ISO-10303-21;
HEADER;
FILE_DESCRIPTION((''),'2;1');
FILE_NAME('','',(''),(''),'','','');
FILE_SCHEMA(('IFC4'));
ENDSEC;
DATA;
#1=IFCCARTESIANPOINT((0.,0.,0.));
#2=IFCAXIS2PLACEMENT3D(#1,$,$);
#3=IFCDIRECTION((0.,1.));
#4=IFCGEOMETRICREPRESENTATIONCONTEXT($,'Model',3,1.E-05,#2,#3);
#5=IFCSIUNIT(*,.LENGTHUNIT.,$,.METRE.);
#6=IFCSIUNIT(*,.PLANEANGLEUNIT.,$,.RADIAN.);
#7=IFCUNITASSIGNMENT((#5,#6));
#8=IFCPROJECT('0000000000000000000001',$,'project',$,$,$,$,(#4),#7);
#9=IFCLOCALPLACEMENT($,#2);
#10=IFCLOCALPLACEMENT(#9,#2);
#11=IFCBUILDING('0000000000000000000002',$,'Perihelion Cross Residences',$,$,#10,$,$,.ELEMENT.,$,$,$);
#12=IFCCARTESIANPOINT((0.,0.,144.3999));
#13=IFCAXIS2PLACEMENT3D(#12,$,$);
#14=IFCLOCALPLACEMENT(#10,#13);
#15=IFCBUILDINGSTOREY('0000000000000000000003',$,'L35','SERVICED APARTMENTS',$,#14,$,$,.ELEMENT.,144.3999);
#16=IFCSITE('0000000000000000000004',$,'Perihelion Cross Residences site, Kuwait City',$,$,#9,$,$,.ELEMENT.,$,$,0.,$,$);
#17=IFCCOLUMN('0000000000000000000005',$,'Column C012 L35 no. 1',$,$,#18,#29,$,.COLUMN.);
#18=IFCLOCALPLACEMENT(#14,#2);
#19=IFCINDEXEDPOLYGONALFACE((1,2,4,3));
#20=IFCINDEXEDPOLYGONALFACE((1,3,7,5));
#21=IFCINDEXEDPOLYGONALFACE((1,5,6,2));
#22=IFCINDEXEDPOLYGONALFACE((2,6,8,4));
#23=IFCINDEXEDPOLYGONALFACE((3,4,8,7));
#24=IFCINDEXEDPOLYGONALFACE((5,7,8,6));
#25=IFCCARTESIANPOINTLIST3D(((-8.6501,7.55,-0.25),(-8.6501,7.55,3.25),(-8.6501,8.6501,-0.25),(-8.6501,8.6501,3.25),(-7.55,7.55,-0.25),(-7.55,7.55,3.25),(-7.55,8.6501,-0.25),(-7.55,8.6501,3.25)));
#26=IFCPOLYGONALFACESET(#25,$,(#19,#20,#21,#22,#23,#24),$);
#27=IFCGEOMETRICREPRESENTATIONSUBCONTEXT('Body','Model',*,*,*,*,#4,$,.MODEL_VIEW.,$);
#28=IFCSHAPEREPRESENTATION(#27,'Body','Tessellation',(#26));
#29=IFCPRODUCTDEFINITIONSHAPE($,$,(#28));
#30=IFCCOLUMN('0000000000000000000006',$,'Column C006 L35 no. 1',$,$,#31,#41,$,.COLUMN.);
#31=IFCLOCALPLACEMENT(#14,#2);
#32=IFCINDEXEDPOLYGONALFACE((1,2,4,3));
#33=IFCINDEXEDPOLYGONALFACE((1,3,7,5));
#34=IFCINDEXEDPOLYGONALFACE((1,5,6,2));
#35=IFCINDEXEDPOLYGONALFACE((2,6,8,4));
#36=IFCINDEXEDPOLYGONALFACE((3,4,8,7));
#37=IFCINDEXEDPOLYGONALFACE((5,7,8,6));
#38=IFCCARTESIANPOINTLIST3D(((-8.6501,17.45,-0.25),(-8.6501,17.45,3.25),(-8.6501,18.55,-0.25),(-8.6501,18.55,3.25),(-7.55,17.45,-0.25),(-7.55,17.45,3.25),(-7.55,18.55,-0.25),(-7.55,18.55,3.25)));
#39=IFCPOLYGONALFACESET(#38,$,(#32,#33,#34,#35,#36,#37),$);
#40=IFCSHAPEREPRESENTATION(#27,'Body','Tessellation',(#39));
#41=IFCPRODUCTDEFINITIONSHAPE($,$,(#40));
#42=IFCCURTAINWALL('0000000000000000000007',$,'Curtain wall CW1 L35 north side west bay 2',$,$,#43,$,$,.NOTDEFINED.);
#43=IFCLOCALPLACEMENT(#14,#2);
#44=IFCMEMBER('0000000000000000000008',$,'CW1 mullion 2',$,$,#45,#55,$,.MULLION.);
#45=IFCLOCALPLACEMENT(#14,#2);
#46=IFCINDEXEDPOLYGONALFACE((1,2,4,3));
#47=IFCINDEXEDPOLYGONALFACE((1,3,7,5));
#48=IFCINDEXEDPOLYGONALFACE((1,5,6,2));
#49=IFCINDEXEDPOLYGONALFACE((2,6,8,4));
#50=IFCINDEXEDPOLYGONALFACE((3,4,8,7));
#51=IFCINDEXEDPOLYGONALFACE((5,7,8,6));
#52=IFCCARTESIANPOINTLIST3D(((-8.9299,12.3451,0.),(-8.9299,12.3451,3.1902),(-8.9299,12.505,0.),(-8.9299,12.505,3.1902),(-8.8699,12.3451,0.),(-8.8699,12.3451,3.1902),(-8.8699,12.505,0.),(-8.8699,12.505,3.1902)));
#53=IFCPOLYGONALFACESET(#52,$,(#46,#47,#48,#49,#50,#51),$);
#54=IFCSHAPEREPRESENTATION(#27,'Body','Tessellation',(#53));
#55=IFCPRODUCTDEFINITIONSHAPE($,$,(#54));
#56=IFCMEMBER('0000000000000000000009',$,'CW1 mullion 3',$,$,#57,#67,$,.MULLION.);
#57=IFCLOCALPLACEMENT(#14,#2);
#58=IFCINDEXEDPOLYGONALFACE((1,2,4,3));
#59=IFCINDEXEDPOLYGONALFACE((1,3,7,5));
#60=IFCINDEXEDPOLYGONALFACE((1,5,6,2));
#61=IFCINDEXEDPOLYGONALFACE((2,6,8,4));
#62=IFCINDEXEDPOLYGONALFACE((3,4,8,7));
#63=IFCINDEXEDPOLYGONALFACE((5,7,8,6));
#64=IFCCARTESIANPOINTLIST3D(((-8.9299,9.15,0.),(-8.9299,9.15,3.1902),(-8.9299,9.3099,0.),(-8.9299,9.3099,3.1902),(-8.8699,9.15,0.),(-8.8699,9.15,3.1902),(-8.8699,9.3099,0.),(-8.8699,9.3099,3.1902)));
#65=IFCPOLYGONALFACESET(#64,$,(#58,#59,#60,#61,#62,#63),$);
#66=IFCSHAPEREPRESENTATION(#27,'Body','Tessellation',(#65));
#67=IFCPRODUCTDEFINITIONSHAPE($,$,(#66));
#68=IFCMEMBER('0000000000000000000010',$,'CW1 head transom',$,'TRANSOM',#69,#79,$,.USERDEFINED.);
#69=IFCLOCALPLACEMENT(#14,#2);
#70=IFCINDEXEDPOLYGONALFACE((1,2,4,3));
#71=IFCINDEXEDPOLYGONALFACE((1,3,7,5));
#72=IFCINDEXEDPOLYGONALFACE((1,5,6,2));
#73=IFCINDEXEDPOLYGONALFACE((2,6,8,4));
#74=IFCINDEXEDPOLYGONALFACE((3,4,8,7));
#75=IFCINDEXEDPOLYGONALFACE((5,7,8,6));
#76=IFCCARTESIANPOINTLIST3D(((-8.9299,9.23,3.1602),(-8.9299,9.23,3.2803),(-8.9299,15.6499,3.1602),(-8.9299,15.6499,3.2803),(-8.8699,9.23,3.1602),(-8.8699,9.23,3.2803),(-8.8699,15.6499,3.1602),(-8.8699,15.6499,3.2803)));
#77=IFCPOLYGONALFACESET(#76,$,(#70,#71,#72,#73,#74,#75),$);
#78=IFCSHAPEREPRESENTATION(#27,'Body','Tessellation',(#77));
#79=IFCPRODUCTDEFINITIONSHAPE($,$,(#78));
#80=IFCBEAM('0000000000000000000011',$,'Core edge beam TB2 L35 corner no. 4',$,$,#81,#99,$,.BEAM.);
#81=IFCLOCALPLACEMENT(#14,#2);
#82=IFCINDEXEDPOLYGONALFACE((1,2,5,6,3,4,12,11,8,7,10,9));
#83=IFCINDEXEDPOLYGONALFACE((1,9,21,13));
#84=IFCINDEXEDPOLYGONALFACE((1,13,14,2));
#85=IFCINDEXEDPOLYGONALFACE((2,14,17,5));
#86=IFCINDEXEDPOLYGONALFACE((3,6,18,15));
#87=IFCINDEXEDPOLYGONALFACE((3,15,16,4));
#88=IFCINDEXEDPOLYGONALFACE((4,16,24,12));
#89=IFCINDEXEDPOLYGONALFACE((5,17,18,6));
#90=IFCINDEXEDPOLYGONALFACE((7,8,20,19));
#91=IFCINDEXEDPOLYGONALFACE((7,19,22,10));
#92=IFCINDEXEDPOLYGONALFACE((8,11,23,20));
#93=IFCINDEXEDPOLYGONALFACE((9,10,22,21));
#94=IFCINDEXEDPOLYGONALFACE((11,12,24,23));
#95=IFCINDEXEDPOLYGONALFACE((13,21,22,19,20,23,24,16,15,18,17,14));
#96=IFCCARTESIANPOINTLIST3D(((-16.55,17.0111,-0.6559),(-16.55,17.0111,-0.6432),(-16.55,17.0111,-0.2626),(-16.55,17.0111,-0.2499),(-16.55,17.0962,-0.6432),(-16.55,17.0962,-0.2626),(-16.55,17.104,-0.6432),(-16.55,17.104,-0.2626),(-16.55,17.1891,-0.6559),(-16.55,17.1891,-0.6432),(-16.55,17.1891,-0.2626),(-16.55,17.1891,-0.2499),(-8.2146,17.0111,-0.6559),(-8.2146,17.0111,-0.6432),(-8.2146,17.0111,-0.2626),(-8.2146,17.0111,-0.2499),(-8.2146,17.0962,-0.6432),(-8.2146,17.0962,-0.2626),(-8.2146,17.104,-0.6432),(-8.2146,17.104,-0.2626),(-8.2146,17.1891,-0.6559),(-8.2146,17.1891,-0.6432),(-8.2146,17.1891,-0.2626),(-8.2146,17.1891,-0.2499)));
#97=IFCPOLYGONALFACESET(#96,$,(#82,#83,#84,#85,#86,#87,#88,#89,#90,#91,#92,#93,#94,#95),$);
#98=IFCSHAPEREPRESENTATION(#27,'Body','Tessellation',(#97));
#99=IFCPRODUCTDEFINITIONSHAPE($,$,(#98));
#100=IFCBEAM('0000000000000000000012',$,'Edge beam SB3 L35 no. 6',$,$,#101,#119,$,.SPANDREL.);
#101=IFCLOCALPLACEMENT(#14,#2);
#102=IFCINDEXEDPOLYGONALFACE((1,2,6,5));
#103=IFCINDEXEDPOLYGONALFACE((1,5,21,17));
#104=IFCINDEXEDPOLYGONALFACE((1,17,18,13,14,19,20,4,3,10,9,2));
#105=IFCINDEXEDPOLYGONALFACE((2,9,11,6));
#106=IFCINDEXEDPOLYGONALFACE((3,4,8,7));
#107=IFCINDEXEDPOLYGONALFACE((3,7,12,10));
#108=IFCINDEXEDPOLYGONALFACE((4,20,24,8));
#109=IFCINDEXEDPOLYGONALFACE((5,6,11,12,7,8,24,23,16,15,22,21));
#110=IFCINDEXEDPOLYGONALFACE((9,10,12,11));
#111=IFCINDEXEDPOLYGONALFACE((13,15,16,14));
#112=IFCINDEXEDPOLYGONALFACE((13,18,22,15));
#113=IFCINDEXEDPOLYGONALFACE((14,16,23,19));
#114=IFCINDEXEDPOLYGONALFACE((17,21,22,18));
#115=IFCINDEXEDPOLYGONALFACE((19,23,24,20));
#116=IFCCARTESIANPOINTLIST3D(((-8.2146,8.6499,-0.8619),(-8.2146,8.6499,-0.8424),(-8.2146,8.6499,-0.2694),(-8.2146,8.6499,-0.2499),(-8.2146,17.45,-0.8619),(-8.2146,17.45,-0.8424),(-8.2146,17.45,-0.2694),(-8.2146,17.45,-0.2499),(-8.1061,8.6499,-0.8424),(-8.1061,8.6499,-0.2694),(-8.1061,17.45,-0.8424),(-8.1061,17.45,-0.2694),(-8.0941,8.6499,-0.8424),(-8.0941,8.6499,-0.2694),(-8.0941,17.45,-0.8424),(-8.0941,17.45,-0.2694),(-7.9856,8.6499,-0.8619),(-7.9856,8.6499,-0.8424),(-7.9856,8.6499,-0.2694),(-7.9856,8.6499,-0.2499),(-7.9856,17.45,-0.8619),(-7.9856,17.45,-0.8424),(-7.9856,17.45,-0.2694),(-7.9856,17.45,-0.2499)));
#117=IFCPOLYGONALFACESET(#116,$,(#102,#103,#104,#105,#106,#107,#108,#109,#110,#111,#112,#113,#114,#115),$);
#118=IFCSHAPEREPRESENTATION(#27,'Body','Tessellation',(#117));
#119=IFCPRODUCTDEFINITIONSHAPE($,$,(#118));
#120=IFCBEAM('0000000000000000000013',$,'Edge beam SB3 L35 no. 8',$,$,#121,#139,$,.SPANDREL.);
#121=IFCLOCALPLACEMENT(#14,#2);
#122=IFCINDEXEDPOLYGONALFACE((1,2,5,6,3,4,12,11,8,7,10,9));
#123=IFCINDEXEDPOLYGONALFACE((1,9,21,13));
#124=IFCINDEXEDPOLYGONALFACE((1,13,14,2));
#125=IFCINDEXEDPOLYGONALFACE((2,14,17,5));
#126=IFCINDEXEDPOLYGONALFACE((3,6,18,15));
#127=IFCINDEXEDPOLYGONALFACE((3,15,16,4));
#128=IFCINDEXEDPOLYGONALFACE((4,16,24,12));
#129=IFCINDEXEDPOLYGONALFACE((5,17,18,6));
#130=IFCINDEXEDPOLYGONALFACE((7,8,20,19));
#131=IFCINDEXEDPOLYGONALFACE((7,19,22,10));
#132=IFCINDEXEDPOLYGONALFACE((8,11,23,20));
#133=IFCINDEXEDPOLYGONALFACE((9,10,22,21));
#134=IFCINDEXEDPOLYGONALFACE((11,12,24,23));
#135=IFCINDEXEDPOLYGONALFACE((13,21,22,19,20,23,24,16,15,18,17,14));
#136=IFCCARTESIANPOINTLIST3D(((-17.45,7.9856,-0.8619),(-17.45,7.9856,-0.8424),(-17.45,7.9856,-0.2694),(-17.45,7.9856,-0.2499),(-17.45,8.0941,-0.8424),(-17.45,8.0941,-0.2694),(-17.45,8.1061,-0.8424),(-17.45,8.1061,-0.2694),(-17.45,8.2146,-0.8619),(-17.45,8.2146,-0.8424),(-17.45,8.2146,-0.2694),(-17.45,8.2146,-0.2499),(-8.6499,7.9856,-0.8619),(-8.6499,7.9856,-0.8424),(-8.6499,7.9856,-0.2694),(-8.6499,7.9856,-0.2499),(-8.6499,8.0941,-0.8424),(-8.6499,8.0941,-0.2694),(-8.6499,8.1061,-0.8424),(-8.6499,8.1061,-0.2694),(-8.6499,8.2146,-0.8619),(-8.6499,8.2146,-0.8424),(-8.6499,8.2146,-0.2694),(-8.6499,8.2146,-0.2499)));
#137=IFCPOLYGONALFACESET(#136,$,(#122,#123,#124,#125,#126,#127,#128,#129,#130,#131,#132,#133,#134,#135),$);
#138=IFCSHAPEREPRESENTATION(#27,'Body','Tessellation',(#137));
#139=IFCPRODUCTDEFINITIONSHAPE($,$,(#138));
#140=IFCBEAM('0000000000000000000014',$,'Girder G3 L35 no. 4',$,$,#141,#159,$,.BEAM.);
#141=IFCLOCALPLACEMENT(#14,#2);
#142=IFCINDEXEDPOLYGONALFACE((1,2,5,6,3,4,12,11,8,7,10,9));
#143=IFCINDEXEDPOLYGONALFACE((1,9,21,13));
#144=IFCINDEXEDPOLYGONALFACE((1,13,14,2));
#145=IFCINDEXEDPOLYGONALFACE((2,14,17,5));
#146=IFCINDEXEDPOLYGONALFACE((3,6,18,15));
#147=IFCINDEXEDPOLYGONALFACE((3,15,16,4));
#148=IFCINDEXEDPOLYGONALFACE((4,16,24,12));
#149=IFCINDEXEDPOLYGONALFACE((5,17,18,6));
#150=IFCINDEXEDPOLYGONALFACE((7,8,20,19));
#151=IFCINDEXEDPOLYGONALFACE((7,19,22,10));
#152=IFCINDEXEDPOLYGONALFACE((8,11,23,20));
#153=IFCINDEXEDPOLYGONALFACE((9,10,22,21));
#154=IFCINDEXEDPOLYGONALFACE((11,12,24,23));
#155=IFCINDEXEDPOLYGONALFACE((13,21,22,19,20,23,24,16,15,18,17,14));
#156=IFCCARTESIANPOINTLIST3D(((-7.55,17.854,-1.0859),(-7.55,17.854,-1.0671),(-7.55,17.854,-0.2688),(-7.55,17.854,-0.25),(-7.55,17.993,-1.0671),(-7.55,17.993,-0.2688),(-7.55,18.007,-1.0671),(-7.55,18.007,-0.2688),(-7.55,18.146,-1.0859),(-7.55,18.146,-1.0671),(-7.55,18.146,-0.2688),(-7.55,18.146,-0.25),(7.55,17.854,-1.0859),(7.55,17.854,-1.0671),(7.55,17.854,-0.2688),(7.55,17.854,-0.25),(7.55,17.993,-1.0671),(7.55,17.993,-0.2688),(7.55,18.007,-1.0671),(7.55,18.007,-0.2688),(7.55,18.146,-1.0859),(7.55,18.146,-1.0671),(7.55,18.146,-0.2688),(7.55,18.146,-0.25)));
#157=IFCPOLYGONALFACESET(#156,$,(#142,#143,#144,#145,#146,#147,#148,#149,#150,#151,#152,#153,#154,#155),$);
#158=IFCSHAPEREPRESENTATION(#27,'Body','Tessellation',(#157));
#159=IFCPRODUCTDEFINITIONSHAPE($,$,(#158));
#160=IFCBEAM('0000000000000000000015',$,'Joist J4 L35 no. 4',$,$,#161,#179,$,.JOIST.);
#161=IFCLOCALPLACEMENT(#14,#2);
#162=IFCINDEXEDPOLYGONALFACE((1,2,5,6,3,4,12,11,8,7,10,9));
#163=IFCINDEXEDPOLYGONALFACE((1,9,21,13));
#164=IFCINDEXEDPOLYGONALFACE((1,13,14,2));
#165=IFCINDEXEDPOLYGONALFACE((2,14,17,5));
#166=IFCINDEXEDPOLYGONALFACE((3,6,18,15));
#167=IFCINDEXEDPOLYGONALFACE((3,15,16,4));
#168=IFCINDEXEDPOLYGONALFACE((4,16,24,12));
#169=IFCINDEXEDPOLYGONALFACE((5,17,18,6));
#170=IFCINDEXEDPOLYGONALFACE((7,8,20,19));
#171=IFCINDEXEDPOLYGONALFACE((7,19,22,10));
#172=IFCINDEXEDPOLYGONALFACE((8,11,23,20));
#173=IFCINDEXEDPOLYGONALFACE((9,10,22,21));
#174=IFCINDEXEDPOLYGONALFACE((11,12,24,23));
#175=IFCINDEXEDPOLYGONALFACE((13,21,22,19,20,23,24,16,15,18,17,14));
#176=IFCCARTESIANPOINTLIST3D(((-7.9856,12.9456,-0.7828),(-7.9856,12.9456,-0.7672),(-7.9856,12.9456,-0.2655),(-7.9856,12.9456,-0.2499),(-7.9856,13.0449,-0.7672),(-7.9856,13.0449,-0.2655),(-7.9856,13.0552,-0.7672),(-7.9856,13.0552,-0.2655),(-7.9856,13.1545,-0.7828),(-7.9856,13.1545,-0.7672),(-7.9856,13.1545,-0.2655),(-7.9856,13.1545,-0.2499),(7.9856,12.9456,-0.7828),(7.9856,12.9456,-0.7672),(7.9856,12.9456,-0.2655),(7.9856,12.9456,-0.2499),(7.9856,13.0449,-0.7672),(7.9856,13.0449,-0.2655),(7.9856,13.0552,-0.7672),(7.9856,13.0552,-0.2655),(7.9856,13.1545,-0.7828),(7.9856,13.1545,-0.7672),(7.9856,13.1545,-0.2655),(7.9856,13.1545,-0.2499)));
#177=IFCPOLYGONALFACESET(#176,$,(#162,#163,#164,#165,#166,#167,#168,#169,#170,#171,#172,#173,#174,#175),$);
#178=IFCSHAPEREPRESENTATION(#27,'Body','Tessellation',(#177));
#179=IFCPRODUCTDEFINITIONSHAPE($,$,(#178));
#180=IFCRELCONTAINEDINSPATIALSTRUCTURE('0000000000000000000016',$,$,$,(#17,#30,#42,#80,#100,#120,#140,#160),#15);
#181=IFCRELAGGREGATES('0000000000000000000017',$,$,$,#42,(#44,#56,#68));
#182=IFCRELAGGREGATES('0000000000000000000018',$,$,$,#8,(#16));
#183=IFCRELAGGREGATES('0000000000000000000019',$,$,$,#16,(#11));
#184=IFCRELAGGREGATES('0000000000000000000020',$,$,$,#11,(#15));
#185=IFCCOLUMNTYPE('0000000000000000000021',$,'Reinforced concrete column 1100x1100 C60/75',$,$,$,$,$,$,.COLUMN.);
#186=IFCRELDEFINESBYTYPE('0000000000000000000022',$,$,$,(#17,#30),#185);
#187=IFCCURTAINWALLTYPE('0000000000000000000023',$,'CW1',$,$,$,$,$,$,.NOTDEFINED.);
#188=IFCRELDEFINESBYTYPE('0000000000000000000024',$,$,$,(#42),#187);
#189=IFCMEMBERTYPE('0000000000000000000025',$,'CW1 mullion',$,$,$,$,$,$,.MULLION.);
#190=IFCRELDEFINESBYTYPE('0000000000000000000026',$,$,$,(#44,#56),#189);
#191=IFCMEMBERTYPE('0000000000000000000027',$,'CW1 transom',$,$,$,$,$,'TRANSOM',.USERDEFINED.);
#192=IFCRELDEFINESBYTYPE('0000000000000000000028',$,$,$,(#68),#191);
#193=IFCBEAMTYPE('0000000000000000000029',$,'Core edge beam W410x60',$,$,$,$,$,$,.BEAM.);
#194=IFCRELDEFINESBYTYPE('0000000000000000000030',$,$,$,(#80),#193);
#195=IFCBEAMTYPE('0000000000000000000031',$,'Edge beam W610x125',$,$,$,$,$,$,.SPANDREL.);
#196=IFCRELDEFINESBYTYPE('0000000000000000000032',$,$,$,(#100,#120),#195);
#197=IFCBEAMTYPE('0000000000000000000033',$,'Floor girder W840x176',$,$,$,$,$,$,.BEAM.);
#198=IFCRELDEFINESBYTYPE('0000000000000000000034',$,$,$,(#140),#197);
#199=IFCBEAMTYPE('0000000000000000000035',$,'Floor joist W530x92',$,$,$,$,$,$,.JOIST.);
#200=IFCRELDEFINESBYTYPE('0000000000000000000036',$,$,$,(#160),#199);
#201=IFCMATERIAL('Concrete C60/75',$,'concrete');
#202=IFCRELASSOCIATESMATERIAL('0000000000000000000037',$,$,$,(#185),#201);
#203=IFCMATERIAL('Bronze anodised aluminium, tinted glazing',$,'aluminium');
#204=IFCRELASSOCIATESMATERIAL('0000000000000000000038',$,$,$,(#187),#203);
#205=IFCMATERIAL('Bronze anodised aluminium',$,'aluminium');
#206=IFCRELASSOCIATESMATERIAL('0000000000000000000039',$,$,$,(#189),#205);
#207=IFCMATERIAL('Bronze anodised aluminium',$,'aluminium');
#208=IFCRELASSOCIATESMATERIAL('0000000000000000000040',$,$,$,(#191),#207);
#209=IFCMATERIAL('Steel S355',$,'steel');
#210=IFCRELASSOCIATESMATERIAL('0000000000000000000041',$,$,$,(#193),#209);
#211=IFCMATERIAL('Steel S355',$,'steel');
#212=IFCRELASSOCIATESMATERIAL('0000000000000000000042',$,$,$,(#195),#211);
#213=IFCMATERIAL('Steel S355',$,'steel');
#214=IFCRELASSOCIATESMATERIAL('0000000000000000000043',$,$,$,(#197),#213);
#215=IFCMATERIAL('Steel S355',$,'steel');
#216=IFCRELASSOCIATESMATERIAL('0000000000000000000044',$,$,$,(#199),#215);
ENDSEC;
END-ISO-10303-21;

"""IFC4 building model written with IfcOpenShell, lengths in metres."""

from ifc_helpers import new_model, si_unit, direction, frame, origin, origin_2d, place, context, subcontext, project, spatial, rectangle, i_section, extrude, material, material_profile, profile_set, type_object, element, aggregate, save


model = new_model("IFC4")

# Units and contexts
model_context = context("Model", 3, precision=1e-05, world=origin(), true_north=direction((0.0, 1.0)))
body_context = subcontext(model_context, "Body", "Model", "MODEL_VIEW")
ifc_project = project(units=[si_unit("LENGTHUNIT", "METRE"), si_unit("PLANEANGLEUNIT", "RADIAN")], contexts=[model_context])

# Site, building, storey
site_placement = place(None, origin())
site = spatial("IfcSite", under=ifc_project, at=site_placement, Name="Perihelion Cross Residences site, Kuwait City", CompositionType="ELEMENT", RefElevation=0.0)
building_placement = place(site_placement, origin())
building = spatial("IfcBuilding", under=site, at=building_placement, Name="Perihelion Cross Residences", CompositionType="ELEMENT")
storey_placement = place(building_placement, frame((0.0, 0.0, 144.3999)))
storey = spatial("IfcBuildingStorey", under=building, at=storey_placement, Name="L35", Description="SERVICED APARTMENTS", CompositionType="ELEMENT", Elevation=144.3999)

# Columns
ifc_material_1 = material(Name="Concrete C60/75", Category="concrete")
ifc_material_profile_1 = material_profile(ifc_material_1, rectangle(XDim=1.1001, YDim=1.1001, at=origin_2d()), Name="RC 1100x1100")
ifc_profile_set_1 = profile_set([ifc_material_profile_1], Name="Concrete C60/75")
column_type = type_object("IfcColumnType", Name="Reinforced concrete column 1100x1100 C60/75", PredefinedType="COLUMN", material=ifc_profile_set_1)
for number, where, z_axis, x_axis, name in (
    (1, (-8.1001, 8.1001, -0.25), (0.0, 0.0, 1.0), (1.0, 0.0, 0.0), "Column C012 L35 no. 1"),
    (2, (-8.1001, 18.0, -0.25), (0.0, 0.0, 1.0), (1.0, 0.0, 0.0), "Column C006 L35 no. 1"),
):
    element("IfcColumn", number, at=place(storey_placement, frame(where, z_axis=z_axis, x_axis=x_axis)), inside=storey, type_object=column_type, Name=name, PredefinedType="COLUMN", context=body_context, shape_type="SweptSolid", body=[
        extrude(rectangle(XDim=1.1001, YDim=1.1001, at=origin_2d()), origin(), (0.0, 0.0, 1.0), 3.5),
    ])

# Curtain wall, members
ifc_material_2 = material(Name="Bronze anodised aluminium, tinted glazing", Category="aluminium")
curtain_wall_type = type_object("IfcCurtainWallType", Name="CW1", PredefinedType="NOTDEFINED", material=ifc_material_2)
curtain_wall_placement = place(storey_placement, origin())
curtain_wall = element("IfcCurtainWall", 3, at=curtain_wall_placement, inside=storey, type_object=curtain_wall_type, Name="Curtain wall CW1 L35 north side west bay 2", PredefinedType="NOTDEFINED")
ifc_material_3 = material(Name="Bronze anodised aluminium", Category="aluminium")
ifc_material_profile_2 = material_profile(ifc_material_3, rectangle(XDim=0.0601, YDim=0.1599, at=origin_2d()), Name="CW1 mullion")
ifc_profile_set_2 = profile_set([ifc_material_profile_2], Name="Bronze anodised aluminium")
member_type_1 = type_object("IfcMemberType", Name="CW1 mullion", PredefinedType="MULLION", material=ifc_profile_set_2)
member_1_placement = place(storey_placement, frame((-8.8999, 12.425, 0.0), z_axis=(0.0, 0.0, 1.0), x_axis=(1.0, 0.0, 0.0)))
member_1 = element("IfcMember", 4, at=member_1_placement, type_object=member_type_1, Name="CW1 mullion 2", PredefinedType="MULLION", context=body_context, shape_type="SweptSolid", body=[
    extrude(rectangle(XDim=0.0601, YDim=0.1599, at=origin_2d()), origin(), (0.0, 0.0, 1.0), 3.1902),
])
member_2_placement = place(storey_placement, frame((-8.8999, 9.23, 0.0), z_axis=(0.0, 0.0, 1.0), x_axis=(1.0, 0.0, 0.0)))
member_2 = element("IfcMember", 5, at=member_2_placement, type_object=member_type_1, Name="CW1 mullion 3", PredefinedType="MULLION", context=body_context, shape_type="SweptSolid", body=[
    extrude(rectangle(XDim=0.0601, YDim=0.1599, at=origin_2d()), origin(), (0.0, 0.0, 1.0), 3.1902),
])
ifc_material_4 = material(Name="Bronze anodised aluminium", Category="aluminium")
ifc_material_profile_3 = material_profile(ifc_material_4, rectangle(XDim=0.0601, YDim=0.1201, at=origin_2d()), Name="CW1 transom")
ifc_profile_set_3 = profile_set([ifc_material_profile_3], Name="Bronze anodised aluminium")
member_type_2 = type_object("IfcMemberType", Name="CW1 transom", ElementType="TRANSOM", PredefinedType="USERDEFINED", material=ifc_profile_set_3)
member_3_placement = place(storey_placement, frame((-8.8999, 15.6499, 3.2202), z_axis=(0.0, -1.0, 0.0), x_axis=(1.0, 0.0, 0.0)))
member_3 = element("IfcMember", 6, at=member_3_placement, type_object=member_type_2, Name="CW1 head transom", ObjectType="TRANSOM", PredefinedType="USERDEFINED", context=body_context, shape_type="SweptSolid", body=[
    extrude(rectangle(XDim=0.0601, YDim=0.1201, at=origin_2d()), origin(), (0.0, 0.0, 1.0), 6.4199),
])

# Beams
ifc_material_5 = material(Name="Steel S355", Category="steel")
ifc_material_profile_4 = material_profile(ifc_material_5, i_section(OverallWidth=0.178, OverallDepth=0.406, WebThickness=0.0078, FlangeThickness=0.0127, at=origin_2d()), Name="W410x60")
ifc_profile_set_4 = profile_set([ifc_material_profile_4], Name="Steel S355")
beam_type_1 = type_object("IfcBeamType", Name="Core edge beam W410x60", PredefinedType="BEAM", material=ifc_profile_set_4)
beam_1_placement = place(storey_placement, frame((-8.2146, 17.1001, -0.4529), z_axis=(-1.0, 0.0, 0.0), x_axis=(0.0, -1.0, 0.0)))
element("IfcBeam", 7, at=beam_1_placement, inside=storey, type_object=beam_type_1, Name="Core edge beam TB2 L35 corner no. 4", PredefinedType="BEAM", context=body_context, shape_type="SweptSolid", body=[
    extrude(i_section(OverallWidth=0.178, OverallDepth=0.406, WebThickness=0.0078, FlangeThickness=0.0127, at=origin_2d()), origin(), (0.0, 0.0, 1.0), 8.3354),
])
ifc_material_6 = material(Name="Steel S355", Category="steel")
ifc_material_profile_5 = material_profile(ifc_material_6, i_section(OverallWidth=0.229, OverallDepth=0.6121, WebThickness=0.012, FlangeThickness=0.0195, at=origin_2d()), Name="W610x125")
ifc_profile_set_5 = profile_set([ifc_material_profile_5], Name="Steel S355")
beam_type_2 = type_object("IfcBeamType", Name="Edge beam W610x125", PredefinedType="SPANDREL", material=ifc_profile_set_5)
for number, where, z_axis, x_axis, name in (
    (8, (-8.1001, 17.45, -0.5559), (0.0, -1.0, 0.0), (1.0, 0.0, 0.0), "Edge beam SB3 L35 no. 6"),
    (9, (-8.6499, 8.1001, -0.5559), (-1.0, 0.0, 0.0), (0.0, -1.0, 0.0), "Edge beam SB3 L35 no. 8"),
):
    element("IfcBeam", number, at=place(storey_placement, frame(where, z_axis=z_axis, x_axis=x_axis)), inside=storey, type_object=beam_type_2, Name=name, PredefinedType="SPANDREL", context=body_context, shape_type="SweptSolid", body=[
        extrude(i_section(OverallWidth=0.229, OverallDepth=0.6121, WebThickness=0.012, FlangeThickness=0.0195, at=origin_2d()), origin(), (0.0, 0.0, 1.0), 8.8),
    ])
ifc_material_7 = material(Name="Steel S355", Category="steel")
ifc_material_profile_6 = material_profile(ifc_material_7, i_section(OverallWidth=0.292, OverallDepth=0.8359, WebThickness=0.0139, FlangeThickness=0.0188, at=origin_2d()), Name="W840x176")
ifc_profile_set_6 = profile_set([ifc_material_profile_6], Name="Steel S355")
beam_type_3 = type_object("IfcBeamType", Name="Floor girder W840x176", PredefinedType="BEAM", material=ifc_profile_set_6)
beam_2_placement = place(storey_placement, frame((-7.55, 18.0, -0.668), z_axis=(1.0, 0.0, 0.0), x_axis=(0.0, 1.0, 0.0)))
element("IfcBeam", 10, at=beam_2_placement, inside=storey, type_object=beam_type_3, Name="Girder G3 L35 no. 4", PredefinedType="BEAM", context=body_context, shape_type="SweptSolid", body=[
    extrude(i_section(OverallWidth=0.292, OverallDepth=0.8359, WebThickness=0.0139, FlangeThickness=0.0188, at=origin_2d()), origin(), (0.0, 0.0, 1.0), 15.1001),
])
ifc_material_8 = material(Name="Steel S355", Category="steel")
ifc_material_profile_7 = material_profile(ifc_material_8, i_section(OverallWidth=0.209, OverallDepth=0.533, WebThickness=0.0103, FlangeThickness=0.0156, at=origin_2d()), Name="W530x92")
ifc_profile_set_7 = profile_set([ifc_material_profile_7], Name="Steel S355")
beam_type_4 = type_object("IfcBeamType", Name="Floor joist W530x92", PredefinedType="JOIST", material=ifc_profile_set_7)
beam_3_placement = place(storey_placement, frame((-7.9856, 13.05, -0.5164), z_axis=(1.0, 0.0, 0.0), x_axis=(0.0, 1.0, 0.0)))
element("IfcBeam", 11, at=beam_3_placement, inside=storey, type_object=beam_type_4, Name="Joist J4 L35 no. 4", PredefinedType="JOIST", context=body_context, shape_type="SweptSolid", body=[
    extrude(i_section(OverallWidth=0.209, OverallDepth=0.533, WebThickness=0.0103, FlangeThickness=0.0156, at=origin_2d()), origin(), (0.0, 0.0, 1.0), 15.9712),
])

aggregate(curtain_wall, [member_1, member_2, member_3])

save(model, "model.ifc")
